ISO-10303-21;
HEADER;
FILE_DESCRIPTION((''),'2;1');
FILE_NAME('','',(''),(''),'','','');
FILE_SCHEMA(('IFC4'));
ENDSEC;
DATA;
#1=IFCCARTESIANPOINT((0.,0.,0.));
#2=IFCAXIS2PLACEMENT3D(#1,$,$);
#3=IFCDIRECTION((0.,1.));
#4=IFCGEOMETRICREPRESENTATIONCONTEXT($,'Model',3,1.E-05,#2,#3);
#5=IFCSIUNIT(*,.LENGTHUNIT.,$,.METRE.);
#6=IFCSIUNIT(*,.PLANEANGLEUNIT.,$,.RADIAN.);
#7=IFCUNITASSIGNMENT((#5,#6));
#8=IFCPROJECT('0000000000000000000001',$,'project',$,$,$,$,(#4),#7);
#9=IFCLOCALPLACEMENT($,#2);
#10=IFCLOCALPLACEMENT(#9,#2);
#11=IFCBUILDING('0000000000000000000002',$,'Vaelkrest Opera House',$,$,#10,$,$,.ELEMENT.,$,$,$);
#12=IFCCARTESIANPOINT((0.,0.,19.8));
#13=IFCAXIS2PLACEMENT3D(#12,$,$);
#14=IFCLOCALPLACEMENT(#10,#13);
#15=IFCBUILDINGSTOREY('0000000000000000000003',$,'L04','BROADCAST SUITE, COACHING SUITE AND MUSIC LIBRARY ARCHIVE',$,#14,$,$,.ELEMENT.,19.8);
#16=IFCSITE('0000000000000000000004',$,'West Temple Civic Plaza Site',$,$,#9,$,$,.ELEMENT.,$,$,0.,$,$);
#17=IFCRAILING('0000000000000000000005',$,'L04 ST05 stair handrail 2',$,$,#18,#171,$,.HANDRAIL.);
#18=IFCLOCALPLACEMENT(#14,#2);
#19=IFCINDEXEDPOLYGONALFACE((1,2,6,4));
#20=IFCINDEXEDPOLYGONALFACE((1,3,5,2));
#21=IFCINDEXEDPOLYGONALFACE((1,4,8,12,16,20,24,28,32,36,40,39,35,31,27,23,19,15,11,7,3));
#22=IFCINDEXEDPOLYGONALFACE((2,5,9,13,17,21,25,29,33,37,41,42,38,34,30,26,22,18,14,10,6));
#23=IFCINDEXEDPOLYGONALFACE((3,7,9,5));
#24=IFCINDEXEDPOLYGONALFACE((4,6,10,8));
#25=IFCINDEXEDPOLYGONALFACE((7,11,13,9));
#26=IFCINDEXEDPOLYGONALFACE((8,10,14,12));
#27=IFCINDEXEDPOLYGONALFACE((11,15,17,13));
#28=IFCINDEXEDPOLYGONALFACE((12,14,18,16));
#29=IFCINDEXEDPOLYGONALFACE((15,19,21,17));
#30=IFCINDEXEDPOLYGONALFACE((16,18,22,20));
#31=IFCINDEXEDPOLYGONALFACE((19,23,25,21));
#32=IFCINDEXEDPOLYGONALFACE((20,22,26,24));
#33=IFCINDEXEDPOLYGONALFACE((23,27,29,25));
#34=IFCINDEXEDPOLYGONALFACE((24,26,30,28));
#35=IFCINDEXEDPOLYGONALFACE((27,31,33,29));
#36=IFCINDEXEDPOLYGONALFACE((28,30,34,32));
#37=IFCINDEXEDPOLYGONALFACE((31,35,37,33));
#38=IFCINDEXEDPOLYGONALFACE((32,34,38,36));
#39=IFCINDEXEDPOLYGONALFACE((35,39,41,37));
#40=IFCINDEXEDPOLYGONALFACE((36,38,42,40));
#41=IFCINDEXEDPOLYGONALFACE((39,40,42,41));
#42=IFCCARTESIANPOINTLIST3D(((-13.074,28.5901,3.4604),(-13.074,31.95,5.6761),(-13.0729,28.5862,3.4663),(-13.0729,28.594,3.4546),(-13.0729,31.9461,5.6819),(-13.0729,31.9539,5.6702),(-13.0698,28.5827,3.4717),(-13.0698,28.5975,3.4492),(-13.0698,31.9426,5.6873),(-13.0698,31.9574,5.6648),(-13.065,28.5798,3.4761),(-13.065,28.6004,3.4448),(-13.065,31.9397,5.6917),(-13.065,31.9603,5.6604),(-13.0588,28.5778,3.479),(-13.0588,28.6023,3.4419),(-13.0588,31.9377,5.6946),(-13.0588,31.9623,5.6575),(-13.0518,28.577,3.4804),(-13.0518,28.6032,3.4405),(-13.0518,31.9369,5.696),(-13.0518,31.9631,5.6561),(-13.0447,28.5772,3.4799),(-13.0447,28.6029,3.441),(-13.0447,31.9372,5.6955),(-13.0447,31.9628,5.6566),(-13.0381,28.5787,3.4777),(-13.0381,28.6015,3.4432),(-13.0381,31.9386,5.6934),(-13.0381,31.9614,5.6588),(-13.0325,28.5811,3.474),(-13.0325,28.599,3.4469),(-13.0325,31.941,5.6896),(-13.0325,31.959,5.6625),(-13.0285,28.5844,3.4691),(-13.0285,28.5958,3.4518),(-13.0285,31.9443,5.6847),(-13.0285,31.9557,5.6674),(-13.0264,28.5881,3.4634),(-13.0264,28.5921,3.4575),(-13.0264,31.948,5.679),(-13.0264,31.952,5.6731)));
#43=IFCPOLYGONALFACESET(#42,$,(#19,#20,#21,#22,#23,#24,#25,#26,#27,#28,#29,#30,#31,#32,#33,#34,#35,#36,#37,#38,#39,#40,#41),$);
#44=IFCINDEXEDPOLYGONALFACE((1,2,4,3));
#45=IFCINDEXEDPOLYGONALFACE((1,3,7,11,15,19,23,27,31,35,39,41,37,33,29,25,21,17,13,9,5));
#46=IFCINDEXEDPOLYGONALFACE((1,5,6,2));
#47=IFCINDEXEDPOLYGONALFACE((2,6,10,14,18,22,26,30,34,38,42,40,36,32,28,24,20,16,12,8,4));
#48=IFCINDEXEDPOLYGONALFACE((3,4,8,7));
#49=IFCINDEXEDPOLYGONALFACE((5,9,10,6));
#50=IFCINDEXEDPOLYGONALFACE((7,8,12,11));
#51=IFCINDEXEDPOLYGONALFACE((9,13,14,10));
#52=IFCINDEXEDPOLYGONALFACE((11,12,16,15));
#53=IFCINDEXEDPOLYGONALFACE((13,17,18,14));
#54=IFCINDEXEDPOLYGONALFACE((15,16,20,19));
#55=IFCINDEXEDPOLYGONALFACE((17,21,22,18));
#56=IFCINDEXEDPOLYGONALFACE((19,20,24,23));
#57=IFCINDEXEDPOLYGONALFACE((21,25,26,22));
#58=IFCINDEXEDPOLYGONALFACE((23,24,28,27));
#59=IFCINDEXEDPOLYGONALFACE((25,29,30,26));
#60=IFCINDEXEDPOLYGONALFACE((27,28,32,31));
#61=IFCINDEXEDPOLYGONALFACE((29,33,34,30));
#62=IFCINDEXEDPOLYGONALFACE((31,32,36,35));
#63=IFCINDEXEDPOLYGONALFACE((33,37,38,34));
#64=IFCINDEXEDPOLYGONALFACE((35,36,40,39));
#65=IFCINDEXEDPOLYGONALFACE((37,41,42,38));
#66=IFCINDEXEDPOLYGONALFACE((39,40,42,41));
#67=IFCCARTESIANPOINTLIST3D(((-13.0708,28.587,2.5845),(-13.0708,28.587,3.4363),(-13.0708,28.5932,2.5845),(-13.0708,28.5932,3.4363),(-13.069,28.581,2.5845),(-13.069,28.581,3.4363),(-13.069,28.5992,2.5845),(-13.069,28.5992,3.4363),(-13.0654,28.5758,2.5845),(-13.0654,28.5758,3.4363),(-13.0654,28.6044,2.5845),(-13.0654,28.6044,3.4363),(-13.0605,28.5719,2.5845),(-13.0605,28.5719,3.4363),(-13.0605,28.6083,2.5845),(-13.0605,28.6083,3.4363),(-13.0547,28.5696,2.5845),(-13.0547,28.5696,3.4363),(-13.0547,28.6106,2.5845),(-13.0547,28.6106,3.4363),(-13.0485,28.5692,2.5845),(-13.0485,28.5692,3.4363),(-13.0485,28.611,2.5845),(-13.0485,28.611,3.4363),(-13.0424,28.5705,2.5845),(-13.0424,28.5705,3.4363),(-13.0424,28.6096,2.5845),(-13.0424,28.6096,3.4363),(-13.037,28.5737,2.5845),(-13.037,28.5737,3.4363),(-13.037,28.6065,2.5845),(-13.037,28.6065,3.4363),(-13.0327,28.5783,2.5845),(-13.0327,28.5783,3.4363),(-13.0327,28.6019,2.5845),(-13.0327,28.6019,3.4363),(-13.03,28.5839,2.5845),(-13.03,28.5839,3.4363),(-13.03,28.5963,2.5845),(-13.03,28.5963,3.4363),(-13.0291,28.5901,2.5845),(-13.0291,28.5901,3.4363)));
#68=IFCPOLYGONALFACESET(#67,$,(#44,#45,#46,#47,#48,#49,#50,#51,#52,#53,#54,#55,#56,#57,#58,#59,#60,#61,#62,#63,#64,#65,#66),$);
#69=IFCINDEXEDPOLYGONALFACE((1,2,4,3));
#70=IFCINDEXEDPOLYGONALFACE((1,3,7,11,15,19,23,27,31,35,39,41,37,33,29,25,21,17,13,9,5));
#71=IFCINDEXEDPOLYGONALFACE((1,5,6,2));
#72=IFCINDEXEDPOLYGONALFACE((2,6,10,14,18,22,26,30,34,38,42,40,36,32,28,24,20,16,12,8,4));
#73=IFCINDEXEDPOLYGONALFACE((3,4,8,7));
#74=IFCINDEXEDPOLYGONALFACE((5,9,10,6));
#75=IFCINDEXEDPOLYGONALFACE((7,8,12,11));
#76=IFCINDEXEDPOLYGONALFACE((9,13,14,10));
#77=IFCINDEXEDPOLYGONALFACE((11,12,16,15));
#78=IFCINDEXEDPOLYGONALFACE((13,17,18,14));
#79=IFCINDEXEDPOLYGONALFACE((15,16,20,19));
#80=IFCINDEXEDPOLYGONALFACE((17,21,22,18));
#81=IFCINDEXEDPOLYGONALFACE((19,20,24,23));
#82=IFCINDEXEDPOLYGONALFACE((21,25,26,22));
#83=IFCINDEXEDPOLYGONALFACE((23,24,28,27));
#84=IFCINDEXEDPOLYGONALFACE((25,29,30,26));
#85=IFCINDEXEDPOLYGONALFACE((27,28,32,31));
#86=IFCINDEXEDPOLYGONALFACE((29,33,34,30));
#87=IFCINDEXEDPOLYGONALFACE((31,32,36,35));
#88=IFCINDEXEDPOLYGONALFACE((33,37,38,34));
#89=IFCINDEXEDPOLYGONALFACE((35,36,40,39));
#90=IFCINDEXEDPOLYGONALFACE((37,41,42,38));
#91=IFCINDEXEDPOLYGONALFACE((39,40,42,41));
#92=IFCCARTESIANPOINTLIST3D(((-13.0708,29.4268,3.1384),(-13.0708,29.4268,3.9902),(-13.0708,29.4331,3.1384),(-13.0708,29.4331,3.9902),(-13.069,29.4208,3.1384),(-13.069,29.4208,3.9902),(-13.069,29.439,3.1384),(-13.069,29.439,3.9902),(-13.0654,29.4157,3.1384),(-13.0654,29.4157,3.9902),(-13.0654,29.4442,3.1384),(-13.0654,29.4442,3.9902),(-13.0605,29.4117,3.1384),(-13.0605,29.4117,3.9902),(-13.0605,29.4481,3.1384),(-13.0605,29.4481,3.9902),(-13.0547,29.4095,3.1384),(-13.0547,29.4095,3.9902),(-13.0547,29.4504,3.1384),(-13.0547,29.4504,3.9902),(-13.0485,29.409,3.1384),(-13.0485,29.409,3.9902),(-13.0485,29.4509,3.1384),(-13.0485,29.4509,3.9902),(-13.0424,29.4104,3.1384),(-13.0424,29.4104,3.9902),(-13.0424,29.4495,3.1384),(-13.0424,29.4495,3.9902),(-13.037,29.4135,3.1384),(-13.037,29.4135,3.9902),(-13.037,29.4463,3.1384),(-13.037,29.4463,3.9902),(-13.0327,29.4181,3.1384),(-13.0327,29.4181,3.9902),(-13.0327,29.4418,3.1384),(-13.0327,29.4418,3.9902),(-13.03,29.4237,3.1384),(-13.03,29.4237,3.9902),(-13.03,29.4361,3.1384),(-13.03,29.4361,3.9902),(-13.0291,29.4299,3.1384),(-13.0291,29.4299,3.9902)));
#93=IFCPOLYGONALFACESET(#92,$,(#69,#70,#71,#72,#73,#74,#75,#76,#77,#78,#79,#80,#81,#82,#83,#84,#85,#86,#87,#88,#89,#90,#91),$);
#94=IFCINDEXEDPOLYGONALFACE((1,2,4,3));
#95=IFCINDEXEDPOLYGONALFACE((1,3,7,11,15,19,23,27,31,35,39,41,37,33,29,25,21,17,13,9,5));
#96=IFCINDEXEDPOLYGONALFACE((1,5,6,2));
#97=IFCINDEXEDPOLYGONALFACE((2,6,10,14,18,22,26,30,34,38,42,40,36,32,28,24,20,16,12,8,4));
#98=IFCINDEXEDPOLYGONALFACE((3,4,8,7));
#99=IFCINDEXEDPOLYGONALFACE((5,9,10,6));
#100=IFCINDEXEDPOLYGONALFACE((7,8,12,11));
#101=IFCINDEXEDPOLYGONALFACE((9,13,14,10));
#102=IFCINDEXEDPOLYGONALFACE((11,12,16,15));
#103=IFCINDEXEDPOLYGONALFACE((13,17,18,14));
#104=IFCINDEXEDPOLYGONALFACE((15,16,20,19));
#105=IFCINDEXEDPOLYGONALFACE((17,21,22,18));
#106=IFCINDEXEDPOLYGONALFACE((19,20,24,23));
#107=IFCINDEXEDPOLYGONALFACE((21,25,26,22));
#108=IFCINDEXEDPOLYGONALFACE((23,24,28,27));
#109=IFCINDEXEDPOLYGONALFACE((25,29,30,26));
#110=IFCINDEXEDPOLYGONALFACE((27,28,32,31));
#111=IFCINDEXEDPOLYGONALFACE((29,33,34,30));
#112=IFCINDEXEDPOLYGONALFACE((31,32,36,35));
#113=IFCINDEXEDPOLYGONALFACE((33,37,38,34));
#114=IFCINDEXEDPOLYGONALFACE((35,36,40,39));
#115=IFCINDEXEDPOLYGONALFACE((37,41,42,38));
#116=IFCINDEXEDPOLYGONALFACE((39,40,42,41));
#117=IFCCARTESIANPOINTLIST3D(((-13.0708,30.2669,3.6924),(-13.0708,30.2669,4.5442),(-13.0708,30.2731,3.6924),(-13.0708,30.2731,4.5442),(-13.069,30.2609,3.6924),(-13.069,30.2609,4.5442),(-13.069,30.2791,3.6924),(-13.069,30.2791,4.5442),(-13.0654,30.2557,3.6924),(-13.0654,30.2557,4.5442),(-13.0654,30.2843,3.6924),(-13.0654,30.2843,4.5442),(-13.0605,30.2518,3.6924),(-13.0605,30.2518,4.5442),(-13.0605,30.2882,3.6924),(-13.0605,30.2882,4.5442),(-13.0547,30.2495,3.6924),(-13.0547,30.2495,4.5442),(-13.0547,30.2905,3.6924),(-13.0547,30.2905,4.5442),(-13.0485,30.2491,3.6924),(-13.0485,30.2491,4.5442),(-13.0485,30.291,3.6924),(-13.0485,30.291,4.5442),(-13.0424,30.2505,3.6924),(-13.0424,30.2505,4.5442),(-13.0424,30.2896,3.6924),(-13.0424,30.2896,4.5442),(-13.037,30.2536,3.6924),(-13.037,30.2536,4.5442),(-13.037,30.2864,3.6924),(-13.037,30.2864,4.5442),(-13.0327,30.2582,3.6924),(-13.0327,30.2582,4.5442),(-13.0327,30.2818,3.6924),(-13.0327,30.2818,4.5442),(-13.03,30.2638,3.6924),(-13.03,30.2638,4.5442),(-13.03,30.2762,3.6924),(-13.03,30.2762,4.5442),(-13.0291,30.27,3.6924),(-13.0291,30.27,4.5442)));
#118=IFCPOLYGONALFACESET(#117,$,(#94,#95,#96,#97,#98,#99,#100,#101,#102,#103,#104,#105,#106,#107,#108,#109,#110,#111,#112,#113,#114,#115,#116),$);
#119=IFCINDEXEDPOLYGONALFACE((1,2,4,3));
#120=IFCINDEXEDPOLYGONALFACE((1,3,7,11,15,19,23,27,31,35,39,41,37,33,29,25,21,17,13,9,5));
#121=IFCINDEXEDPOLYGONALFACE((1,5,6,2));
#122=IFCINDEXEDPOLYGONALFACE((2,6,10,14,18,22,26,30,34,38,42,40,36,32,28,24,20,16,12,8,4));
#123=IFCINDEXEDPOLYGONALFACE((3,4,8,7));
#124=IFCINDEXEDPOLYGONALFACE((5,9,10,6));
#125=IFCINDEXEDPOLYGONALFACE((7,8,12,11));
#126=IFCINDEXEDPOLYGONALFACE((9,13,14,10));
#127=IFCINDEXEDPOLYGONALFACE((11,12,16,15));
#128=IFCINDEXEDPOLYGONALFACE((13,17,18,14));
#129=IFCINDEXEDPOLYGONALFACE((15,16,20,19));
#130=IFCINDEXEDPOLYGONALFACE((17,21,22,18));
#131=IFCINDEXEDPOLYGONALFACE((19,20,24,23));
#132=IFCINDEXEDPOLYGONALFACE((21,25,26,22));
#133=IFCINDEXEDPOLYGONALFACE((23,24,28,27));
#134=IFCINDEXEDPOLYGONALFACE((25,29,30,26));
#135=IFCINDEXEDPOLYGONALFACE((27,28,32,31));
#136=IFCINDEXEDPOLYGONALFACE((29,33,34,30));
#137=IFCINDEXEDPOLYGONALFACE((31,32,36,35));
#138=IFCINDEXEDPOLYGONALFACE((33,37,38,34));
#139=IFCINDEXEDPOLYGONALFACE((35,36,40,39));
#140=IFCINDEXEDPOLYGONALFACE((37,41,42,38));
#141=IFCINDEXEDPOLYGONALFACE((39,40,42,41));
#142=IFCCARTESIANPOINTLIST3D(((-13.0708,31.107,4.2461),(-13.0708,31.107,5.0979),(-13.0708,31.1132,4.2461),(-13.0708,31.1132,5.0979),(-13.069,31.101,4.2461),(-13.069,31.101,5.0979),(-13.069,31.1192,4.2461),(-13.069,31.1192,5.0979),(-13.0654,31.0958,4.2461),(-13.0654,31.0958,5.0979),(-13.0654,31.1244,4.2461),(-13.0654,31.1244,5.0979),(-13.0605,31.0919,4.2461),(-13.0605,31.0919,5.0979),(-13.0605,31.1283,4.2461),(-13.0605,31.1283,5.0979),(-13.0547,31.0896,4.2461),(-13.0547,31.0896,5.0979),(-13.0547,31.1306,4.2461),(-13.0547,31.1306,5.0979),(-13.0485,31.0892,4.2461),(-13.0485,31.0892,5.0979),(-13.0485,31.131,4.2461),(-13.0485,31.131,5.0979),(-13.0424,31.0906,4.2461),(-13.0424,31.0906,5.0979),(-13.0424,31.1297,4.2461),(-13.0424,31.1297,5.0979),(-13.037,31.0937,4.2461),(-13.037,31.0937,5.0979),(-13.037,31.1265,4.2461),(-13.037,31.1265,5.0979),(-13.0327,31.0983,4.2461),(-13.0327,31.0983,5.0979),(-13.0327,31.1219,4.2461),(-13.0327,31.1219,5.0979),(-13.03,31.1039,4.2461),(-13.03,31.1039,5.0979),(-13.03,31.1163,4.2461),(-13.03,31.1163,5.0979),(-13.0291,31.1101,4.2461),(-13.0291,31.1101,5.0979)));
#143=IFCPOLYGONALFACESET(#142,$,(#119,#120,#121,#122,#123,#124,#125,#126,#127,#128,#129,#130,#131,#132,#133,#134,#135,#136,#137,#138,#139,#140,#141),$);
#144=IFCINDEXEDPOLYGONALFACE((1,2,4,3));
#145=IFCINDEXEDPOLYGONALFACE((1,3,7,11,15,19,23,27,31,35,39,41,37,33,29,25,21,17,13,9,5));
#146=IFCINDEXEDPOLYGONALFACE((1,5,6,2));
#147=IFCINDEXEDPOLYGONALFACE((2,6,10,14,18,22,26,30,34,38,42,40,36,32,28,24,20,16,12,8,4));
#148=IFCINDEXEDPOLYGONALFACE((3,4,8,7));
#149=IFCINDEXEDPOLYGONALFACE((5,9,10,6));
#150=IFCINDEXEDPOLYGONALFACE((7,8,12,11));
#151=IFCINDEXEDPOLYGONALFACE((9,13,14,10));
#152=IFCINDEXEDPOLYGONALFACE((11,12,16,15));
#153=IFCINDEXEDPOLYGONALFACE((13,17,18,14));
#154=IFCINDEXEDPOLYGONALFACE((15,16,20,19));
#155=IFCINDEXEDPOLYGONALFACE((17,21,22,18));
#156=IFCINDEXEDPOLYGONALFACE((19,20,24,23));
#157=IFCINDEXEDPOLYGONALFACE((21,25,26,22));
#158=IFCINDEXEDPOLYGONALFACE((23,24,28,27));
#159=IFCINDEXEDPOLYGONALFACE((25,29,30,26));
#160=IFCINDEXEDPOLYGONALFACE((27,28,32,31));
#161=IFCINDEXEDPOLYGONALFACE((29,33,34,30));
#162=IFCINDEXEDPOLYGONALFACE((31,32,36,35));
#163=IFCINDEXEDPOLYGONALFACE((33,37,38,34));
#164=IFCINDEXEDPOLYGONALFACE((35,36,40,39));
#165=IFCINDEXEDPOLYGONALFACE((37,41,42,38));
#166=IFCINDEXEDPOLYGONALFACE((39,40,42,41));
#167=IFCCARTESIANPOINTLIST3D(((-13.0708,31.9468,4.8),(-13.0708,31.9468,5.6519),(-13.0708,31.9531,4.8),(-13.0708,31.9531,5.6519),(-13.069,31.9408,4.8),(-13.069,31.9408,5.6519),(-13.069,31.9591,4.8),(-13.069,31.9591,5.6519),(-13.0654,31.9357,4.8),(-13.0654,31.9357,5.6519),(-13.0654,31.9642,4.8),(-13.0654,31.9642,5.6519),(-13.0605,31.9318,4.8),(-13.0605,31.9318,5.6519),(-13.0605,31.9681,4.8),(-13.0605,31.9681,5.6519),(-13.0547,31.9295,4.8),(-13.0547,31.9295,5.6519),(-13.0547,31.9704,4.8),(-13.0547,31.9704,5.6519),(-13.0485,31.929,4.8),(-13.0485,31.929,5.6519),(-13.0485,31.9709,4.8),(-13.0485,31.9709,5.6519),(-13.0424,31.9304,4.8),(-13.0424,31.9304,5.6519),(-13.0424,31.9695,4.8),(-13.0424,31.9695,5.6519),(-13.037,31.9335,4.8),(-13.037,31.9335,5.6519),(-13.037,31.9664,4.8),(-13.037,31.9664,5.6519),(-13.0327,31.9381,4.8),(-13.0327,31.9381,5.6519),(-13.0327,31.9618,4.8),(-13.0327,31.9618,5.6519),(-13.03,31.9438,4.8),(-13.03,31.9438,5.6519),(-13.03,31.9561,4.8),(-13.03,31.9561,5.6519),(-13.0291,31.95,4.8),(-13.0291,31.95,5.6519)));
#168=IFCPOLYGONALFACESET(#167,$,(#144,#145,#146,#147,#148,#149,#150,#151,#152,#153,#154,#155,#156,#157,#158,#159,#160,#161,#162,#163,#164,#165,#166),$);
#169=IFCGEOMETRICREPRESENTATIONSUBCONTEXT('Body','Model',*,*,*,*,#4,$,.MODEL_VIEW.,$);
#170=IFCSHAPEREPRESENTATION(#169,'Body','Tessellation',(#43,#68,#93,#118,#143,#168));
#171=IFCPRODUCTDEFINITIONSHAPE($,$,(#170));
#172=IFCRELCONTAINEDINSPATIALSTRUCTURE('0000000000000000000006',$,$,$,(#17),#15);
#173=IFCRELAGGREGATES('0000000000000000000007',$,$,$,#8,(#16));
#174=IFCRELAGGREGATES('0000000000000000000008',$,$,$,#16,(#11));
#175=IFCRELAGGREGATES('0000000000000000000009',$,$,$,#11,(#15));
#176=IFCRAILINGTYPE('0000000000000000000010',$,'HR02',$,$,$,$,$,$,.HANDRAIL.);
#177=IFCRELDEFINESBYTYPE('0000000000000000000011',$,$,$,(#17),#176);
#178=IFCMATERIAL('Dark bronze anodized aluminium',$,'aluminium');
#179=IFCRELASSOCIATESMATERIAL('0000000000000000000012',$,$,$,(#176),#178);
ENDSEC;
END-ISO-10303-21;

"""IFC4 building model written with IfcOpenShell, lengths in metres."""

from ifc_helpers import new_model, si_unit, direction, frame, origin, origin_2d, place, context, subcontext, project, spatial, circle, extrude, material, type_object, element, save


model = new_model("IFC4")

# Units and contexts
model_context = context("Model", 3, precision=1e-05, world=origin(), true_north=direction((0.0, 1.0)))
body_context = subcontext(model_context, "Body", "Model", "MODEL_VIEW")
ifc_project = project(units=[si_unit("LENGTHUNIT", "METRE"), si_unit("PLANEANGLEUNIT", "RADIAN")], contexts=[model_context])

# Site, building, storey
site_placement = place(None, origin())
site = spatial("IfcSite", under=ifc_project, at=site_placement, Name="West Temple Civic Plaza Site", CompositionType="ELEMENT", RefElevation=0.0)
building_placement = place(site_placement, origin())
building = spatial("IfcBuilding", under=site, at=building_placement, Name="Vaelkrest Opera House", CompositionType="ELEMENT")
storey_placement = place(building_placement, frame((0.0, 0.0, 19.8)))
storey = spatial("IfcBuildingStorey", under=building, at=storey_placement, Name="L04", Description="BROADCAST SUITE, COACHING SUITE AND MUSIC LIBRARY ARCHIVE", CompositionType="ELEMENT", Elevation=19.8)

# Railing
ifc_material_1 = material(Name="Dark bronze anodized aluminium", Category="aluminium")
railing_type_1 = type_object("IfcRailingType", Name="HR02", PredefinedType="HANDRAIL", material=ifc_material_1)
railing_1_placement = place(storey_placement, frame((-13.05, 28.5901, 2.5845)))
element("IfcRailing", 1, at=railing_1_placement, inside=storey, type_object=railing_type_1, Name="L04 ST05 stair handrail 2", PredefinedType="HANDRAIL", context=body_context, shape_type="SweptSolid", body=[
    extrude(circle(Radius=0.0239, at=origin_2d()), frame((0.0, 0.0, 0.876), z_axis=(0.0, 0.83483, 0.550508), x_axis=(-1.0, 0.0, 0.0)), (0.0, 0.0, 1.0), 4.0247),
    extrude(circle(Radius=0.021, at=origin_2d()), origin(), (0.0, 0.0, 1.0), 0.8518),
    extrude(circle(Radius=0.021, at=origin_2d()), frame((0.0, 0.8398, 0.554)), (0.0, 0.0, 1.0), 0.8518),
    extrude(circle(Radius=0.021, at=origin_2d()), frame((0.0, 1.6799, 1.1079)), (0.0, 0.0, 1.0), 0.8518),
    extrude(circle(Radius=0.021, at=origin_2d()), frame((0.0, 2.52, 1.6616)), (0.0, 0.0, 1.0), 0.8518),
    extrude(circle(Radius=0.021, at=origin_2d()), frame((0.0, 3.3599, 2.2156)), (0.0, 0.0, 1.0), 0.8518),
])

save(model, "model.ifc")
